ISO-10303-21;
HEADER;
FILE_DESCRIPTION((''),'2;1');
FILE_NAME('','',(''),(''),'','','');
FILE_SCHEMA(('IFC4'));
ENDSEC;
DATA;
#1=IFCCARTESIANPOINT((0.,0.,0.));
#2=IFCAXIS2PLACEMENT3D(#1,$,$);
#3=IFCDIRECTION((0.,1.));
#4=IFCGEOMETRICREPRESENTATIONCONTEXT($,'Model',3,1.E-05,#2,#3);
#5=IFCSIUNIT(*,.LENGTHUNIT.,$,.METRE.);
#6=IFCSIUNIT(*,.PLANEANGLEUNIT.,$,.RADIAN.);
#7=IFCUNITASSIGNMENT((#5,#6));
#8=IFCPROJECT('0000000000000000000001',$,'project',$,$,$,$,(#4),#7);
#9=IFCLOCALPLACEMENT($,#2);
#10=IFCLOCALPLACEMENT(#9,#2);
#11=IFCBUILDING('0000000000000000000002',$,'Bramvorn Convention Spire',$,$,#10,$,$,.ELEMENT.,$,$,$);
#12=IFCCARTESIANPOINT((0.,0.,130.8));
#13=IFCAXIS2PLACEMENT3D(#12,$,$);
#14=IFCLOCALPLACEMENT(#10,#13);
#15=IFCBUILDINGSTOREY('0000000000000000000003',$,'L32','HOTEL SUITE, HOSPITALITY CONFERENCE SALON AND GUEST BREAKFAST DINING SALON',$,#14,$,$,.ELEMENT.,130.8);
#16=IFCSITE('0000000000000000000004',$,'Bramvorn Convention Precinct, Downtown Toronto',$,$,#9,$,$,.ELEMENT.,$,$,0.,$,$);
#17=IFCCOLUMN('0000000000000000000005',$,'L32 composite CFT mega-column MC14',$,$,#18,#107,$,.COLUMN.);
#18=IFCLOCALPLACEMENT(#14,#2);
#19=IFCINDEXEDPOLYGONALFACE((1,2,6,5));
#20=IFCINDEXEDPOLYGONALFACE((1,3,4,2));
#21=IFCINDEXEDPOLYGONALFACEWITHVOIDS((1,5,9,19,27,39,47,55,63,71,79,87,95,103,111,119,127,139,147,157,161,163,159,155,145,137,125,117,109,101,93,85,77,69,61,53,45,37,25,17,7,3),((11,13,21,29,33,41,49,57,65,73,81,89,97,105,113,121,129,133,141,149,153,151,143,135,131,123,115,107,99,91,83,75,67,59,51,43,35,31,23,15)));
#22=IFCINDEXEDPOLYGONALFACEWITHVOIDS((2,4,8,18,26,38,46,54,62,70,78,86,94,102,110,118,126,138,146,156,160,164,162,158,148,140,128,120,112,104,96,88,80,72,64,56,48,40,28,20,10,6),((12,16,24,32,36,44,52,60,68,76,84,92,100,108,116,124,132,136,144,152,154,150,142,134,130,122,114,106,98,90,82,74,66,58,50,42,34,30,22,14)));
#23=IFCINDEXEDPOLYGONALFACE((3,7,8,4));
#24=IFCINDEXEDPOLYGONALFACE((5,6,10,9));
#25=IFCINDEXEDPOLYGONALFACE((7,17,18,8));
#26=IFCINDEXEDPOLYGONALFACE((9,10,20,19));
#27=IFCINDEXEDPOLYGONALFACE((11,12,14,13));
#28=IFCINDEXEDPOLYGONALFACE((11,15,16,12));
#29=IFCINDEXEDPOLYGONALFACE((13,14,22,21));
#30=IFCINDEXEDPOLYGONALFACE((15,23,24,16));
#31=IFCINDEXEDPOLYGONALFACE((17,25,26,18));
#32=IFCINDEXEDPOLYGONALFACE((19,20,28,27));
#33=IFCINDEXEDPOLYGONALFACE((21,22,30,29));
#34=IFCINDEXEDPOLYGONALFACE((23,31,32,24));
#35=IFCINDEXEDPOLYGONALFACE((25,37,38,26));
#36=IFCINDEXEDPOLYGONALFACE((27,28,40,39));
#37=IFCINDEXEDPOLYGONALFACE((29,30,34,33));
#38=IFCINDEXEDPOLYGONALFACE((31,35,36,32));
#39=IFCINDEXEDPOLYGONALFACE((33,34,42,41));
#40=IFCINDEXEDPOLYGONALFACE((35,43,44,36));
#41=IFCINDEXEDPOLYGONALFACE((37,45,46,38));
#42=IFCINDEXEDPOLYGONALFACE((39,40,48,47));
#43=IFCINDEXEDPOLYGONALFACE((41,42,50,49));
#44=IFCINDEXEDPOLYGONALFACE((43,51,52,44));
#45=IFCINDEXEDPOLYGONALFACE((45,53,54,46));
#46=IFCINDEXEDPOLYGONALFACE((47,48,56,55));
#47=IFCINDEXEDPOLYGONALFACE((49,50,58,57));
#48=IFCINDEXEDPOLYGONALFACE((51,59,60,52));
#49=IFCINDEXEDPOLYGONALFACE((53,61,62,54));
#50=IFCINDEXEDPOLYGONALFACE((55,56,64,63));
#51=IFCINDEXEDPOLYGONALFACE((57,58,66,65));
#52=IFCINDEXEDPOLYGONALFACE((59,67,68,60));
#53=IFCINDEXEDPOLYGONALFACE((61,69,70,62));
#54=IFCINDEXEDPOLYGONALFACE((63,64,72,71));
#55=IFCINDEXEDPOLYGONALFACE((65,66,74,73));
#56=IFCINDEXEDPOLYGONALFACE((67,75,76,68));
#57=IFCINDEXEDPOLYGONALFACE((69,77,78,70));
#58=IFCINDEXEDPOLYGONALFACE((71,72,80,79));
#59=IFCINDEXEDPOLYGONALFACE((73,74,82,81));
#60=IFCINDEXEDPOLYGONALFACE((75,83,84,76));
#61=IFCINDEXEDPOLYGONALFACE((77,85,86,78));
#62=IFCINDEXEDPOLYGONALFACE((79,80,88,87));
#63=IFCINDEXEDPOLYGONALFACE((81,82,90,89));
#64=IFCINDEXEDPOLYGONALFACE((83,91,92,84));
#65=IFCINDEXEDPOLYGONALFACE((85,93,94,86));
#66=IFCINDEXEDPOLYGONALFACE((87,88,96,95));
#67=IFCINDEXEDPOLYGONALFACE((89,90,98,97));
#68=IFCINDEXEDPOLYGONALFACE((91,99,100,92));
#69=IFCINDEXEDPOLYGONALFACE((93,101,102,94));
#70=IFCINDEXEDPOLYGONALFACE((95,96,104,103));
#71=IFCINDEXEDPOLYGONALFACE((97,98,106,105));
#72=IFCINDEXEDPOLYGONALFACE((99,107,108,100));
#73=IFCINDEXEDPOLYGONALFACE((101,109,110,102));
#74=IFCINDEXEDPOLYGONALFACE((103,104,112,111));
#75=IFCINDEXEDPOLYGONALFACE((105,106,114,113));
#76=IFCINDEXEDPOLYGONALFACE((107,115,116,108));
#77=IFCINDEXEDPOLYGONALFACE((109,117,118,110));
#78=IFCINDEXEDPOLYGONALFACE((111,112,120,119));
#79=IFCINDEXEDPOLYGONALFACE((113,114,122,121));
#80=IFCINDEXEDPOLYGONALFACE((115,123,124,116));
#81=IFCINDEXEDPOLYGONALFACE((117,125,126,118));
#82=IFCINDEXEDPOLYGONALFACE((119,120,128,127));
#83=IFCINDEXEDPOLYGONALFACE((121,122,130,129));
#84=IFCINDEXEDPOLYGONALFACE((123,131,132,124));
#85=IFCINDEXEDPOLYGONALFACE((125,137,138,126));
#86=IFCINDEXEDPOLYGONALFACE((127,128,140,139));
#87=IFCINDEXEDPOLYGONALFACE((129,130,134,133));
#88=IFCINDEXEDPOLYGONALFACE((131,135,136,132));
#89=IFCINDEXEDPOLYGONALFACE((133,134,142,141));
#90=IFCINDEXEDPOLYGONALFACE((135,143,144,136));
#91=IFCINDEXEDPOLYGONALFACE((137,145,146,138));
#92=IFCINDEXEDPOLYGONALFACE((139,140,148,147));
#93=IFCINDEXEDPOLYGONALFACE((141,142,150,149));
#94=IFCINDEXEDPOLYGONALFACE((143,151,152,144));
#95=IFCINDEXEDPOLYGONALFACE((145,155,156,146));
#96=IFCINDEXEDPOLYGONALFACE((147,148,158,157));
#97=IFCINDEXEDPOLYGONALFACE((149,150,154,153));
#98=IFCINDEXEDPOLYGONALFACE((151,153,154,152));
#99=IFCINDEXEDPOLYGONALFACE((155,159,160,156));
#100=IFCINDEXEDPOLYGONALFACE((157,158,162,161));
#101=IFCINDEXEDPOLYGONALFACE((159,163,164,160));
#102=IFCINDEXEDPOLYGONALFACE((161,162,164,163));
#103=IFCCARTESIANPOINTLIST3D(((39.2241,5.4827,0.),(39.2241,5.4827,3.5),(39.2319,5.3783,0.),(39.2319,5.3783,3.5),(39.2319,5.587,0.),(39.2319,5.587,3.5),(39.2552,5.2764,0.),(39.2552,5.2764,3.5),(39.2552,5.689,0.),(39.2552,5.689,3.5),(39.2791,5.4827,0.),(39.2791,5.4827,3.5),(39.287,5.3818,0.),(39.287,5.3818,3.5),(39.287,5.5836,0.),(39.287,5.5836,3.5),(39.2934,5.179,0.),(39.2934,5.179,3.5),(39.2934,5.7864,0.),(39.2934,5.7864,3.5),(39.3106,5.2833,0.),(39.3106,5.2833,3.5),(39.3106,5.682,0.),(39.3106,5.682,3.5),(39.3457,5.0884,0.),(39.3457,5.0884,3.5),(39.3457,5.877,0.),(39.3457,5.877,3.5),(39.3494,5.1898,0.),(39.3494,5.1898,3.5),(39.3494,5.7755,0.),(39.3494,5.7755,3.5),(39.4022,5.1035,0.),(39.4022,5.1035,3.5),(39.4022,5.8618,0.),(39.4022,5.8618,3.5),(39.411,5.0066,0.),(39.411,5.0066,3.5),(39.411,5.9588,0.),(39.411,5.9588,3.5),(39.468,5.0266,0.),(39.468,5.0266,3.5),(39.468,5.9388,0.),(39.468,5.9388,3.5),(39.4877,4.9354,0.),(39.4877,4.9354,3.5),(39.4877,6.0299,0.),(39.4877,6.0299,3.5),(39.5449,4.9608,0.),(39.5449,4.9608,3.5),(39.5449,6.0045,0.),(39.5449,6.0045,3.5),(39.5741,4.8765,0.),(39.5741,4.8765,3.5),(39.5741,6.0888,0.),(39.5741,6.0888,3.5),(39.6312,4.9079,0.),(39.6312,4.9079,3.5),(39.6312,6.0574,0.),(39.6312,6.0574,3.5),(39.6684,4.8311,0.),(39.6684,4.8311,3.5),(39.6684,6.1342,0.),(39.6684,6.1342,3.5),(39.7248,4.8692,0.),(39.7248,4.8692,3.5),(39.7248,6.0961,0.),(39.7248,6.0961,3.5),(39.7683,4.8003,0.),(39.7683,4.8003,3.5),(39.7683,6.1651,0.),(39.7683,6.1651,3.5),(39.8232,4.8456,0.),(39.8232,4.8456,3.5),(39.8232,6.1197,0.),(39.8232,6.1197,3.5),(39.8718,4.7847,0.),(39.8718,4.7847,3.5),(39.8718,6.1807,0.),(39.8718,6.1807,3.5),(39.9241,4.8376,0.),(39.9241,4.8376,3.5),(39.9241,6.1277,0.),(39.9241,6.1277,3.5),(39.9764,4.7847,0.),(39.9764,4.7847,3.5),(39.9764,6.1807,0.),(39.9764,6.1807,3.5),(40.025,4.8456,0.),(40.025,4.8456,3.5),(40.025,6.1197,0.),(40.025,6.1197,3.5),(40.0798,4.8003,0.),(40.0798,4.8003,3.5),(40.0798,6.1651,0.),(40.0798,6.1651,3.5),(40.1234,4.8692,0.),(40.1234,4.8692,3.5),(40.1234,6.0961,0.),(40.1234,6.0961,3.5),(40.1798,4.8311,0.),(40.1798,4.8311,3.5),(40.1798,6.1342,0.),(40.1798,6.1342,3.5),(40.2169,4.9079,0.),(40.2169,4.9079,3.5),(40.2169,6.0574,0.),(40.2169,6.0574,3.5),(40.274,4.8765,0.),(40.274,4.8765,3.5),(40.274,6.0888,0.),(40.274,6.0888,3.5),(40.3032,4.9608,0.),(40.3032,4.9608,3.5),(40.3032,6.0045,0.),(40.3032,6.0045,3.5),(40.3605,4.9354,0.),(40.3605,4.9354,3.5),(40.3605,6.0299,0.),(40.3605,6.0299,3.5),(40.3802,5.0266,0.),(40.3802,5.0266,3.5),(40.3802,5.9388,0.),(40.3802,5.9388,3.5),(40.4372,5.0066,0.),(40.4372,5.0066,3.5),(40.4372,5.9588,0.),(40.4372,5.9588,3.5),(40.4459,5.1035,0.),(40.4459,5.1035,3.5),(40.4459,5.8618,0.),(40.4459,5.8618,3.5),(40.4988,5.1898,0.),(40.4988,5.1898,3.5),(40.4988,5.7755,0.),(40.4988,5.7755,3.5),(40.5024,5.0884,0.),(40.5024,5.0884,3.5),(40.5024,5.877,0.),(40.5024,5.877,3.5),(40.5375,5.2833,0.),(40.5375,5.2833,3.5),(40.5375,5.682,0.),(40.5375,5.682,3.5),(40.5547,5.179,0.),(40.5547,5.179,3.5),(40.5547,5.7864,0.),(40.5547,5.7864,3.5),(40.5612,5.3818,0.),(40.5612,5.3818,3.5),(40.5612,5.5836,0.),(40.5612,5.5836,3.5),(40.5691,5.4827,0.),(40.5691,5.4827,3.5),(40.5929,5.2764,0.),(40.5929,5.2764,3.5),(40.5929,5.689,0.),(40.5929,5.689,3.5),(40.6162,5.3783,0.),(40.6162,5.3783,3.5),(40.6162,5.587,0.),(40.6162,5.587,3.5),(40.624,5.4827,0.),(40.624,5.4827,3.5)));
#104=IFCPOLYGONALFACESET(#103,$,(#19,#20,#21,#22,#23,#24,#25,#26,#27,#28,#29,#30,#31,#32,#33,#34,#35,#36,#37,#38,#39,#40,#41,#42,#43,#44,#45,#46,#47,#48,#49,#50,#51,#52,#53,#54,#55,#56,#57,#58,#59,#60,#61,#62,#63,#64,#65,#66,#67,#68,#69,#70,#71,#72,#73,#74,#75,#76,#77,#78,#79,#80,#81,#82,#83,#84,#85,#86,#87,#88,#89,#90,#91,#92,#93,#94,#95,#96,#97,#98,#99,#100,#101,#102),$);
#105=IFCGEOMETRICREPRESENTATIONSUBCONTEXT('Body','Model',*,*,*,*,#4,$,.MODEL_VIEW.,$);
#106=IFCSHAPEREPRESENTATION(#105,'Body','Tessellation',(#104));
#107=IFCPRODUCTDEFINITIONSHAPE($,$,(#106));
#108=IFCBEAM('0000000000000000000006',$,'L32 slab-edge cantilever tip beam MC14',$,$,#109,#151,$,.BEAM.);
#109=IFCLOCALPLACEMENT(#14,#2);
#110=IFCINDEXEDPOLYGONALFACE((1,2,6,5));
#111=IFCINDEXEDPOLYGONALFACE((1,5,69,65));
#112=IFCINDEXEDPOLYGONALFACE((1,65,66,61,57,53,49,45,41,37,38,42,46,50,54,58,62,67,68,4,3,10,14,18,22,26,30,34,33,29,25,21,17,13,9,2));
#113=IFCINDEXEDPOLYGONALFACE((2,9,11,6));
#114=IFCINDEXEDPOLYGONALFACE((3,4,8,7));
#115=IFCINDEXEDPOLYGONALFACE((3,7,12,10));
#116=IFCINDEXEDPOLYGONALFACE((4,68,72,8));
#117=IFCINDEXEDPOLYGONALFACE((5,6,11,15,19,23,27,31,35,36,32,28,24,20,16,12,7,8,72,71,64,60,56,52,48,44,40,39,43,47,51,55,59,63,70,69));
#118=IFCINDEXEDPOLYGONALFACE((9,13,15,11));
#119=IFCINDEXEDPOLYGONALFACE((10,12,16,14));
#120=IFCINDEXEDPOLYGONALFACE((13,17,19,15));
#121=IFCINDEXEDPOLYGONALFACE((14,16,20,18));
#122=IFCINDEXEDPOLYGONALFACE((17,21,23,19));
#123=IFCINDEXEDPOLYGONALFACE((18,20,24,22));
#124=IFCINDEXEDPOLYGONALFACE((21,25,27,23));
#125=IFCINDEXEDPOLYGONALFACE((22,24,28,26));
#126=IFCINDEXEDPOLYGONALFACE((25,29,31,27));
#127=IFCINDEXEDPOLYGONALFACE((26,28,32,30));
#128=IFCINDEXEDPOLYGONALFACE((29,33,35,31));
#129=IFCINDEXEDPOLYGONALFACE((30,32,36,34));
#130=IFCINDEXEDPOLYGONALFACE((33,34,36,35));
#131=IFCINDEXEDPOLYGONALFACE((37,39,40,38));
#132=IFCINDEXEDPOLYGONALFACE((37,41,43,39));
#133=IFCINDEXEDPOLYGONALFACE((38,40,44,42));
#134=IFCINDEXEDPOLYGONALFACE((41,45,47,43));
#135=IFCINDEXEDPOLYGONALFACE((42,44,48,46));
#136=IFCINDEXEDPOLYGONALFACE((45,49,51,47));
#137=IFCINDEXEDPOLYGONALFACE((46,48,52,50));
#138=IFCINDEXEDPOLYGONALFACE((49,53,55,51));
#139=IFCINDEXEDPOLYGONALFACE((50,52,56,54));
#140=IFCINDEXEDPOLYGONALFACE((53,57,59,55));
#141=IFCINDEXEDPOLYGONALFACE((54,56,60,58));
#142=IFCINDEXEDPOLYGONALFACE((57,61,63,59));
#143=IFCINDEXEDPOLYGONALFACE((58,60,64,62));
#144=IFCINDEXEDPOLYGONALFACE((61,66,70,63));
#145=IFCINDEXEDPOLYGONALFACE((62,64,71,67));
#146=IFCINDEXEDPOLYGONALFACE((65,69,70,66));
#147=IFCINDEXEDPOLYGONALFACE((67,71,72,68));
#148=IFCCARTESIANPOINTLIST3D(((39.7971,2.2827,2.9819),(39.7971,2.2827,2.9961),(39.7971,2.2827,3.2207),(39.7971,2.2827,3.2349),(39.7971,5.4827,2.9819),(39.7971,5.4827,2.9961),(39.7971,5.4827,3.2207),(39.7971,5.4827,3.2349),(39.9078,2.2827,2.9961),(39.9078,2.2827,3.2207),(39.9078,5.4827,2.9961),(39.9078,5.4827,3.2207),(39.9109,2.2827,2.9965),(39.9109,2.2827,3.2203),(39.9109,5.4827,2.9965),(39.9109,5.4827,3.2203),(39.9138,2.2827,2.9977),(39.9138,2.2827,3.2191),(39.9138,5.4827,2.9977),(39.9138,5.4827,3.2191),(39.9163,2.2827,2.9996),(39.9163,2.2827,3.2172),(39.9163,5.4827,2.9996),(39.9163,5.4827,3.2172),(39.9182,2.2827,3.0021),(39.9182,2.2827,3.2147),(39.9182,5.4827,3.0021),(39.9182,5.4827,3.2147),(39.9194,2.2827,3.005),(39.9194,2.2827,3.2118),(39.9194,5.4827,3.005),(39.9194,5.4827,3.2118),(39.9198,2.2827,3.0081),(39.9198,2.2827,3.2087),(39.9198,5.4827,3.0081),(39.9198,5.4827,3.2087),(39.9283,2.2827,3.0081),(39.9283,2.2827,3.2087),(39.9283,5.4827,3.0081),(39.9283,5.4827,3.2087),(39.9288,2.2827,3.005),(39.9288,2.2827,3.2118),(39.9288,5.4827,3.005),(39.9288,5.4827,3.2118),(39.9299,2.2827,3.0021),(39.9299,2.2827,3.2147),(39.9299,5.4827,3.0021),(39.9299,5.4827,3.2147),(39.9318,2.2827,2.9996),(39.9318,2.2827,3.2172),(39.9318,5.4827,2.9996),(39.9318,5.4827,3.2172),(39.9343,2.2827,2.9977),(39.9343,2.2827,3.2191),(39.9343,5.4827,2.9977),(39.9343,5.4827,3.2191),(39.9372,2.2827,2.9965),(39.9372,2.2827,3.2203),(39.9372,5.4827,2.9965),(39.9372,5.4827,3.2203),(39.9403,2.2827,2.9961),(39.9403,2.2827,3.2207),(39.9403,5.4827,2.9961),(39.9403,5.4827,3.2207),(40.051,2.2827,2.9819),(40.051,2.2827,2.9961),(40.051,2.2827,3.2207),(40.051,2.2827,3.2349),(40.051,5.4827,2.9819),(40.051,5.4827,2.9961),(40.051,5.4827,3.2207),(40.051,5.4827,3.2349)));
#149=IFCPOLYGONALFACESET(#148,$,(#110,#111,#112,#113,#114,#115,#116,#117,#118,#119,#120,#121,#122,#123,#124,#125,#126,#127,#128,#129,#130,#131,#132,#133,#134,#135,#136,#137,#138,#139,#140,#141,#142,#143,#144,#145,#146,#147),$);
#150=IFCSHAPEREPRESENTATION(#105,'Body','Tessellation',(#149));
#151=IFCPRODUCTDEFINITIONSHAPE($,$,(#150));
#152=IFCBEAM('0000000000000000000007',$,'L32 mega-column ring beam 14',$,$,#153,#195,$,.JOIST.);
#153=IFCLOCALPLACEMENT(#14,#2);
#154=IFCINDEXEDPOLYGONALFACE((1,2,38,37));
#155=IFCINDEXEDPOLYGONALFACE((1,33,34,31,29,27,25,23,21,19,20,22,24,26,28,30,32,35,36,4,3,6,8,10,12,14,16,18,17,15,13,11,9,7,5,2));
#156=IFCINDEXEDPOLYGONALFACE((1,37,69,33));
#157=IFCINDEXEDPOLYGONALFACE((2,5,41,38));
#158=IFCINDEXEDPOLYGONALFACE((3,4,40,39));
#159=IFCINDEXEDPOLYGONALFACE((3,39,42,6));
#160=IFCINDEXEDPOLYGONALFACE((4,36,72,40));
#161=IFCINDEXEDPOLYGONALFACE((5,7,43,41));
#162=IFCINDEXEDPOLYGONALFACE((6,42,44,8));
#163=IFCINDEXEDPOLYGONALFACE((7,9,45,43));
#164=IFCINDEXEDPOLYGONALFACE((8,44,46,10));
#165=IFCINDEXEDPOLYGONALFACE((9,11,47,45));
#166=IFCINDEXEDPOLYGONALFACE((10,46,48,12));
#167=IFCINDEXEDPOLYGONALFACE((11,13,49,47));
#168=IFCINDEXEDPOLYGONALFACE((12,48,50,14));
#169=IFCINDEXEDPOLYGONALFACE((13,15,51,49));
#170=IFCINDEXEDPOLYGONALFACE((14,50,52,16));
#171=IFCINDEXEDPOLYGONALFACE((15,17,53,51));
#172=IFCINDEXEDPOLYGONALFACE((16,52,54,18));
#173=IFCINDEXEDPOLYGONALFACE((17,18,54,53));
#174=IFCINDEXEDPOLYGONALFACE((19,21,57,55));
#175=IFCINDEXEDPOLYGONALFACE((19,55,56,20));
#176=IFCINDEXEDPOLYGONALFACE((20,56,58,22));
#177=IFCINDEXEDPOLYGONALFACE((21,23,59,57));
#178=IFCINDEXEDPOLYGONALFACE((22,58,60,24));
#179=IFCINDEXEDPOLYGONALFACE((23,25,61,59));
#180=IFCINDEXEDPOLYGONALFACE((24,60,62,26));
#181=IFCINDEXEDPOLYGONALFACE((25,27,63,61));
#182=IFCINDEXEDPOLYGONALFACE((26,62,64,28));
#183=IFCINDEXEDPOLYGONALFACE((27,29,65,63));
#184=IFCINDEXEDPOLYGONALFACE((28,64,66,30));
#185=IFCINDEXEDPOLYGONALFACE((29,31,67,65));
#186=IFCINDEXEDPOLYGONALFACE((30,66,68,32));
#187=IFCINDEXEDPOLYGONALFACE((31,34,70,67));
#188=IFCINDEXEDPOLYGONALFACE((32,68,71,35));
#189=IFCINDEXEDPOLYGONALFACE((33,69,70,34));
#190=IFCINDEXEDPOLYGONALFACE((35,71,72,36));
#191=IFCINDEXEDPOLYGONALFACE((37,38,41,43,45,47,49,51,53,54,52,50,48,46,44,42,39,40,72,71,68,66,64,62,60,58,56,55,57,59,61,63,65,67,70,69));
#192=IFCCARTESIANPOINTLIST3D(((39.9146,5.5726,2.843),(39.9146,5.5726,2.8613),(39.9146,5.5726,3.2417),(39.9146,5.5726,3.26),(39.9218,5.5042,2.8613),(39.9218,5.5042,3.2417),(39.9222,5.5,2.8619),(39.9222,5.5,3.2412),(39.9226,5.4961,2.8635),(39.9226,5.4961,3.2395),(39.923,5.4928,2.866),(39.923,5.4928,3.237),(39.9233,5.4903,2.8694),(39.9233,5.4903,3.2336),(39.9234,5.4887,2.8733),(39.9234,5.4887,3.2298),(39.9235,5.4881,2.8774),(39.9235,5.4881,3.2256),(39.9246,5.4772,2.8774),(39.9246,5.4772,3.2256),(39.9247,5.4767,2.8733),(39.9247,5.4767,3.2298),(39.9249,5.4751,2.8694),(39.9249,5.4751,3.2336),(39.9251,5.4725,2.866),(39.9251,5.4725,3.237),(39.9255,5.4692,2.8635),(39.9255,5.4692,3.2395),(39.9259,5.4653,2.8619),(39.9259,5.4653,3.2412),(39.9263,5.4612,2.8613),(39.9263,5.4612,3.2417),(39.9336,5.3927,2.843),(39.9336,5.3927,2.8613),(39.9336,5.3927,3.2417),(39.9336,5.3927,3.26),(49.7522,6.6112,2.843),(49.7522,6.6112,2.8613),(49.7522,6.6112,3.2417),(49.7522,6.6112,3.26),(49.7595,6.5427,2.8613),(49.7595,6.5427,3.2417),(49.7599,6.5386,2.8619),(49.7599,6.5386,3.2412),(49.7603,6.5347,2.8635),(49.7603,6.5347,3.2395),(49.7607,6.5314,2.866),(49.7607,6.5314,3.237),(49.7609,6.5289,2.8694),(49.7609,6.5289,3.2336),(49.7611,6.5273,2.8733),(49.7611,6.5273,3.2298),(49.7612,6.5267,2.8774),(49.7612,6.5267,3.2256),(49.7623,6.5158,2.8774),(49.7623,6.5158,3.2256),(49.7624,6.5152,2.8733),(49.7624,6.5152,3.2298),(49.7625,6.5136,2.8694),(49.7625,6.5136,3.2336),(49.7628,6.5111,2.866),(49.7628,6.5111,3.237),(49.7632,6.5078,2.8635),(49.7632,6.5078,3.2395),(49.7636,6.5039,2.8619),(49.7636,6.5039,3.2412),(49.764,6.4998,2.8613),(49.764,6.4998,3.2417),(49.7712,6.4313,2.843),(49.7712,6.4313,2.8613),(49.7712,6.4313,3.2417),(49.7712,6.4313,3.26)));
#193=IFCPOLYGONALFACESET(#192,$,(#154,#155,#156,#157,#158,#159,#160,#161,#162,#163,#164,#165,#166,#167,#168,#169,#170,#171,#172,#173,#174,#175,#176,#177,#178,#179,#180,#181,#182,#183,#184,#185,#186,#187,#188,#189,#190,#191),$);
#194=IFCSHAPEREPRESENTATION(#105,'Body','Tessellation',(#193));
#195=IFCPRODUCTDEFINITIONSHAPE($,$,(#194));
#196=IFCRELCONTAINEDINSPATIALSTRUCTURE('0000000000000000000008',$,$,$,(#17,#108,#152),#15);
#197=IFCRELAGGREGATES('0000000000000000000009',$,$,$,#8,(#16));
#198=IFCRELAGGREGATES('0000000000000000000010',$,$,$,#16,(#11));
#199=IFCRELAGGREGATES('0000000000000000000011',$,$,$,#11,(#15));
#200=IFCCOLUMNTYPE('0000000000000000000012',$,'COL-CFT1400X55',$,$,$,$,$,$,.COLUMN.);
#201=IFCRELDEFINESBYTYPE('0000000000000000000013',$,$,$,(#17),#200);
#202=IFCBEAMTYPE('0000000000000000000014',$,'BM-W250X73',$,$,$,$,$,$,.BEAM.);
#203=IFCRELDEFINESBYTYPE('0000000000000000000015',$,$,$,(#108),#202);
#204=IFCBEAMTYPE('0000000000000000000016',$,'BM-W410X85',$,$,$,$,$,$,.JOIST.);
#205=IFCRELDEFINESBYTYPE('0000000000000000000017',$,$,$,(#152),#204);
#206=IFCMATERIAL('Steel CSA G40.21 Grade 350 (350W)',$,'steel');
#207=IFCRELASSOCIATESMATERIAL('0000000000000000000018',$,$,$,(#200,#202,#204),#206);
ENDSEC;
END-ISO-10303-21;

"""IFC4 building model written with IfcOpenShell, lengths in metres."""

from ifc_helpers import new_model, si_unit, direction, frame, origin, origin_2d, place, context, subcontext, project, spatial, hollow_circle, i_section, extrude, material, material_profile, profile_set, type_object, element, save


model = new_model("IFC4")

# Units and contexts
model_context = context("Model", 3, precision=1e-05, world=origin(), true_north=direction((0.0, 1.0)))
body_context = subcontext(model_context, "Body", "Model", "MODEL_VIEW")
ifc_project = project(units=[si_unit("LENGTHUNIT", "METRE"), si_unit("PLANEANGLEUNIT", "RADIAN")], contexts=[model_context])

# Site, building, storey
site_placement = place(None, origin())
site = spatial("IfcSite", under=ifc_project, at=site_placement, Name="Bramvorn Convention Precinct, Downtown Toronto", CompositionType="ELEMENT", RefElevation=0.0)
building_placement = place(site_placement, origin())
building = spatial("IfcBuilding", under=site, at=building_placement, Name="Bramvorn Convention Spire", CompositionType="ELEMENT")
storey_placement = place(building_placement, frame((0.0, 0.0, 130.8)))
storey = spatial("IfcBuildingStorey", under=building, at=storey_placement, Name="L32", Description="HOTEL SUITE, HOSPITALITY CONFERENCE SALON AND GUEST BREAKFAST DINING SALON", CompositionType="ELEMENT", Elevation=130.8)

# Column
ifc_material_1 = material(Name="Steel CSA G40.21 Grade 350 (350W)", Category="steel")
ifc_material_profile_1 = material_profile(ifc_material_1, hollow_circle(Radius=0.7, WallThickness=0.0549, at=origin_2d()))
ifc_profile_set_1 = profile_set([ifc_material_profile_1], Name="Steel CSA G40.21 Grade 350 (350W) - CFT1400X55")
column_type = type_object("IfcColumnType", Name="COL-CFT1400X55", PredefinedType="COLUMN", material=ifc_profile_set_1)
column_placement = place(storey_placement, frame((39.9241, 5.4827, 0.0), z_axis=(0.0, 0.0, 1.0), x_axis=(1.0, 0.0, 0.0)))
element("IfcColumn", 1, at=column_placement, inside=storey, type_object=column_type, Name="L32 composite CFT mega-column MC14", PredefinedType="COLUMN", context=body_context, shape_type="SweptSolid", body=[
    extrude(hollow_circle(Radius=0.7, WallThickness=0.0549, at=origin_2d()), origin(), (0.0, 0.0, 1.0), 3.5),
])

# Beams
ifc_material_profile_2 = material_profile(ifc_material_1, i_section(OverallWidth=0.2539, OverallDepth=0.2529, WebThickness=0.0085, FlangeThickness=0.0142, FilletRadius=0.012, at=origin_2d()))
ifc_profile_set_2 = profile_set([ifc_material_profile_2], Name="Steel CSA G40.21 Grade 350 (350W) - W250X73")
beam_type_1 = type_object("IfcBeamType", Name="BM-W250X73", PredefinedType="BEAM", material=ifc_profile_set_2)
beam_1_placement = place(storey_placement, frame((39.9241, 5.4827, 3.1084), z_axis=(0.0, -1.0, 0.0), x_axis=(1.0, 0.0, 0.0)))
element("IfcBeam", 2, at=beam_1_placement, inside=storey, type_object=beam_type_1, Name="L32 slab-edge cantilever tip beam MC14", PredefinedType="BEAM", context=body_context, shape_type="SweptSolid", body=[
    extrude(i_section(OverallWidth=0.2539, OverallDepth=0.2529, WebThickness=0.0085, FlangeThickness=0.0142, FilletRadius=0.012, at=origin_2d()), origin(), (0.0, 0.0, 1.0), 3.2),
])
ifc_material_profile_3 = material_profile(ifc_material_1, i_section(OverallWidth=0.1809, OverallDepth=0.417, WebThickness=0.011, FlangeThickness=0.0183, FilletRadius=0.0161, at=origin_2d()))
ifc_profile_set_3 = profile_set([ifc_material_profile_3], Name="Steel CSA G40.21 Grade 350 (350W) - W410X85")
beam_type_2 = type_object("IfcBeamType", Name="BM-W410X85", PredefinedType="JOIST", material=ifc_profile_set_3)
beam_2_placement = place(storey_placement, frame((39.9241, 5.4827, 3.0515), z_axis=(0.994473, 0.104988, 0.0), x_axis=(-0.104988, 0.994473, 0.0)))
element("IfcBeam", 3, at=beam_2_placement, inside=storey, type_object=beam_type_2, Name="L32 mega-column ring beam 14", PredefinedType="JOIST", context=body_context, shape_type="SweptSolid", body=[
    extrude(i_section(OverallWidth=0.1809, OverallDepth=0.417, WebThickness=0.011, FlangeThickness=0.0183, FilletRadius=0.0161, at=origin_2d()), origin(), (0.0, 0.0, 1.0), 9.8923),
])

save(model, "model.ifc")
